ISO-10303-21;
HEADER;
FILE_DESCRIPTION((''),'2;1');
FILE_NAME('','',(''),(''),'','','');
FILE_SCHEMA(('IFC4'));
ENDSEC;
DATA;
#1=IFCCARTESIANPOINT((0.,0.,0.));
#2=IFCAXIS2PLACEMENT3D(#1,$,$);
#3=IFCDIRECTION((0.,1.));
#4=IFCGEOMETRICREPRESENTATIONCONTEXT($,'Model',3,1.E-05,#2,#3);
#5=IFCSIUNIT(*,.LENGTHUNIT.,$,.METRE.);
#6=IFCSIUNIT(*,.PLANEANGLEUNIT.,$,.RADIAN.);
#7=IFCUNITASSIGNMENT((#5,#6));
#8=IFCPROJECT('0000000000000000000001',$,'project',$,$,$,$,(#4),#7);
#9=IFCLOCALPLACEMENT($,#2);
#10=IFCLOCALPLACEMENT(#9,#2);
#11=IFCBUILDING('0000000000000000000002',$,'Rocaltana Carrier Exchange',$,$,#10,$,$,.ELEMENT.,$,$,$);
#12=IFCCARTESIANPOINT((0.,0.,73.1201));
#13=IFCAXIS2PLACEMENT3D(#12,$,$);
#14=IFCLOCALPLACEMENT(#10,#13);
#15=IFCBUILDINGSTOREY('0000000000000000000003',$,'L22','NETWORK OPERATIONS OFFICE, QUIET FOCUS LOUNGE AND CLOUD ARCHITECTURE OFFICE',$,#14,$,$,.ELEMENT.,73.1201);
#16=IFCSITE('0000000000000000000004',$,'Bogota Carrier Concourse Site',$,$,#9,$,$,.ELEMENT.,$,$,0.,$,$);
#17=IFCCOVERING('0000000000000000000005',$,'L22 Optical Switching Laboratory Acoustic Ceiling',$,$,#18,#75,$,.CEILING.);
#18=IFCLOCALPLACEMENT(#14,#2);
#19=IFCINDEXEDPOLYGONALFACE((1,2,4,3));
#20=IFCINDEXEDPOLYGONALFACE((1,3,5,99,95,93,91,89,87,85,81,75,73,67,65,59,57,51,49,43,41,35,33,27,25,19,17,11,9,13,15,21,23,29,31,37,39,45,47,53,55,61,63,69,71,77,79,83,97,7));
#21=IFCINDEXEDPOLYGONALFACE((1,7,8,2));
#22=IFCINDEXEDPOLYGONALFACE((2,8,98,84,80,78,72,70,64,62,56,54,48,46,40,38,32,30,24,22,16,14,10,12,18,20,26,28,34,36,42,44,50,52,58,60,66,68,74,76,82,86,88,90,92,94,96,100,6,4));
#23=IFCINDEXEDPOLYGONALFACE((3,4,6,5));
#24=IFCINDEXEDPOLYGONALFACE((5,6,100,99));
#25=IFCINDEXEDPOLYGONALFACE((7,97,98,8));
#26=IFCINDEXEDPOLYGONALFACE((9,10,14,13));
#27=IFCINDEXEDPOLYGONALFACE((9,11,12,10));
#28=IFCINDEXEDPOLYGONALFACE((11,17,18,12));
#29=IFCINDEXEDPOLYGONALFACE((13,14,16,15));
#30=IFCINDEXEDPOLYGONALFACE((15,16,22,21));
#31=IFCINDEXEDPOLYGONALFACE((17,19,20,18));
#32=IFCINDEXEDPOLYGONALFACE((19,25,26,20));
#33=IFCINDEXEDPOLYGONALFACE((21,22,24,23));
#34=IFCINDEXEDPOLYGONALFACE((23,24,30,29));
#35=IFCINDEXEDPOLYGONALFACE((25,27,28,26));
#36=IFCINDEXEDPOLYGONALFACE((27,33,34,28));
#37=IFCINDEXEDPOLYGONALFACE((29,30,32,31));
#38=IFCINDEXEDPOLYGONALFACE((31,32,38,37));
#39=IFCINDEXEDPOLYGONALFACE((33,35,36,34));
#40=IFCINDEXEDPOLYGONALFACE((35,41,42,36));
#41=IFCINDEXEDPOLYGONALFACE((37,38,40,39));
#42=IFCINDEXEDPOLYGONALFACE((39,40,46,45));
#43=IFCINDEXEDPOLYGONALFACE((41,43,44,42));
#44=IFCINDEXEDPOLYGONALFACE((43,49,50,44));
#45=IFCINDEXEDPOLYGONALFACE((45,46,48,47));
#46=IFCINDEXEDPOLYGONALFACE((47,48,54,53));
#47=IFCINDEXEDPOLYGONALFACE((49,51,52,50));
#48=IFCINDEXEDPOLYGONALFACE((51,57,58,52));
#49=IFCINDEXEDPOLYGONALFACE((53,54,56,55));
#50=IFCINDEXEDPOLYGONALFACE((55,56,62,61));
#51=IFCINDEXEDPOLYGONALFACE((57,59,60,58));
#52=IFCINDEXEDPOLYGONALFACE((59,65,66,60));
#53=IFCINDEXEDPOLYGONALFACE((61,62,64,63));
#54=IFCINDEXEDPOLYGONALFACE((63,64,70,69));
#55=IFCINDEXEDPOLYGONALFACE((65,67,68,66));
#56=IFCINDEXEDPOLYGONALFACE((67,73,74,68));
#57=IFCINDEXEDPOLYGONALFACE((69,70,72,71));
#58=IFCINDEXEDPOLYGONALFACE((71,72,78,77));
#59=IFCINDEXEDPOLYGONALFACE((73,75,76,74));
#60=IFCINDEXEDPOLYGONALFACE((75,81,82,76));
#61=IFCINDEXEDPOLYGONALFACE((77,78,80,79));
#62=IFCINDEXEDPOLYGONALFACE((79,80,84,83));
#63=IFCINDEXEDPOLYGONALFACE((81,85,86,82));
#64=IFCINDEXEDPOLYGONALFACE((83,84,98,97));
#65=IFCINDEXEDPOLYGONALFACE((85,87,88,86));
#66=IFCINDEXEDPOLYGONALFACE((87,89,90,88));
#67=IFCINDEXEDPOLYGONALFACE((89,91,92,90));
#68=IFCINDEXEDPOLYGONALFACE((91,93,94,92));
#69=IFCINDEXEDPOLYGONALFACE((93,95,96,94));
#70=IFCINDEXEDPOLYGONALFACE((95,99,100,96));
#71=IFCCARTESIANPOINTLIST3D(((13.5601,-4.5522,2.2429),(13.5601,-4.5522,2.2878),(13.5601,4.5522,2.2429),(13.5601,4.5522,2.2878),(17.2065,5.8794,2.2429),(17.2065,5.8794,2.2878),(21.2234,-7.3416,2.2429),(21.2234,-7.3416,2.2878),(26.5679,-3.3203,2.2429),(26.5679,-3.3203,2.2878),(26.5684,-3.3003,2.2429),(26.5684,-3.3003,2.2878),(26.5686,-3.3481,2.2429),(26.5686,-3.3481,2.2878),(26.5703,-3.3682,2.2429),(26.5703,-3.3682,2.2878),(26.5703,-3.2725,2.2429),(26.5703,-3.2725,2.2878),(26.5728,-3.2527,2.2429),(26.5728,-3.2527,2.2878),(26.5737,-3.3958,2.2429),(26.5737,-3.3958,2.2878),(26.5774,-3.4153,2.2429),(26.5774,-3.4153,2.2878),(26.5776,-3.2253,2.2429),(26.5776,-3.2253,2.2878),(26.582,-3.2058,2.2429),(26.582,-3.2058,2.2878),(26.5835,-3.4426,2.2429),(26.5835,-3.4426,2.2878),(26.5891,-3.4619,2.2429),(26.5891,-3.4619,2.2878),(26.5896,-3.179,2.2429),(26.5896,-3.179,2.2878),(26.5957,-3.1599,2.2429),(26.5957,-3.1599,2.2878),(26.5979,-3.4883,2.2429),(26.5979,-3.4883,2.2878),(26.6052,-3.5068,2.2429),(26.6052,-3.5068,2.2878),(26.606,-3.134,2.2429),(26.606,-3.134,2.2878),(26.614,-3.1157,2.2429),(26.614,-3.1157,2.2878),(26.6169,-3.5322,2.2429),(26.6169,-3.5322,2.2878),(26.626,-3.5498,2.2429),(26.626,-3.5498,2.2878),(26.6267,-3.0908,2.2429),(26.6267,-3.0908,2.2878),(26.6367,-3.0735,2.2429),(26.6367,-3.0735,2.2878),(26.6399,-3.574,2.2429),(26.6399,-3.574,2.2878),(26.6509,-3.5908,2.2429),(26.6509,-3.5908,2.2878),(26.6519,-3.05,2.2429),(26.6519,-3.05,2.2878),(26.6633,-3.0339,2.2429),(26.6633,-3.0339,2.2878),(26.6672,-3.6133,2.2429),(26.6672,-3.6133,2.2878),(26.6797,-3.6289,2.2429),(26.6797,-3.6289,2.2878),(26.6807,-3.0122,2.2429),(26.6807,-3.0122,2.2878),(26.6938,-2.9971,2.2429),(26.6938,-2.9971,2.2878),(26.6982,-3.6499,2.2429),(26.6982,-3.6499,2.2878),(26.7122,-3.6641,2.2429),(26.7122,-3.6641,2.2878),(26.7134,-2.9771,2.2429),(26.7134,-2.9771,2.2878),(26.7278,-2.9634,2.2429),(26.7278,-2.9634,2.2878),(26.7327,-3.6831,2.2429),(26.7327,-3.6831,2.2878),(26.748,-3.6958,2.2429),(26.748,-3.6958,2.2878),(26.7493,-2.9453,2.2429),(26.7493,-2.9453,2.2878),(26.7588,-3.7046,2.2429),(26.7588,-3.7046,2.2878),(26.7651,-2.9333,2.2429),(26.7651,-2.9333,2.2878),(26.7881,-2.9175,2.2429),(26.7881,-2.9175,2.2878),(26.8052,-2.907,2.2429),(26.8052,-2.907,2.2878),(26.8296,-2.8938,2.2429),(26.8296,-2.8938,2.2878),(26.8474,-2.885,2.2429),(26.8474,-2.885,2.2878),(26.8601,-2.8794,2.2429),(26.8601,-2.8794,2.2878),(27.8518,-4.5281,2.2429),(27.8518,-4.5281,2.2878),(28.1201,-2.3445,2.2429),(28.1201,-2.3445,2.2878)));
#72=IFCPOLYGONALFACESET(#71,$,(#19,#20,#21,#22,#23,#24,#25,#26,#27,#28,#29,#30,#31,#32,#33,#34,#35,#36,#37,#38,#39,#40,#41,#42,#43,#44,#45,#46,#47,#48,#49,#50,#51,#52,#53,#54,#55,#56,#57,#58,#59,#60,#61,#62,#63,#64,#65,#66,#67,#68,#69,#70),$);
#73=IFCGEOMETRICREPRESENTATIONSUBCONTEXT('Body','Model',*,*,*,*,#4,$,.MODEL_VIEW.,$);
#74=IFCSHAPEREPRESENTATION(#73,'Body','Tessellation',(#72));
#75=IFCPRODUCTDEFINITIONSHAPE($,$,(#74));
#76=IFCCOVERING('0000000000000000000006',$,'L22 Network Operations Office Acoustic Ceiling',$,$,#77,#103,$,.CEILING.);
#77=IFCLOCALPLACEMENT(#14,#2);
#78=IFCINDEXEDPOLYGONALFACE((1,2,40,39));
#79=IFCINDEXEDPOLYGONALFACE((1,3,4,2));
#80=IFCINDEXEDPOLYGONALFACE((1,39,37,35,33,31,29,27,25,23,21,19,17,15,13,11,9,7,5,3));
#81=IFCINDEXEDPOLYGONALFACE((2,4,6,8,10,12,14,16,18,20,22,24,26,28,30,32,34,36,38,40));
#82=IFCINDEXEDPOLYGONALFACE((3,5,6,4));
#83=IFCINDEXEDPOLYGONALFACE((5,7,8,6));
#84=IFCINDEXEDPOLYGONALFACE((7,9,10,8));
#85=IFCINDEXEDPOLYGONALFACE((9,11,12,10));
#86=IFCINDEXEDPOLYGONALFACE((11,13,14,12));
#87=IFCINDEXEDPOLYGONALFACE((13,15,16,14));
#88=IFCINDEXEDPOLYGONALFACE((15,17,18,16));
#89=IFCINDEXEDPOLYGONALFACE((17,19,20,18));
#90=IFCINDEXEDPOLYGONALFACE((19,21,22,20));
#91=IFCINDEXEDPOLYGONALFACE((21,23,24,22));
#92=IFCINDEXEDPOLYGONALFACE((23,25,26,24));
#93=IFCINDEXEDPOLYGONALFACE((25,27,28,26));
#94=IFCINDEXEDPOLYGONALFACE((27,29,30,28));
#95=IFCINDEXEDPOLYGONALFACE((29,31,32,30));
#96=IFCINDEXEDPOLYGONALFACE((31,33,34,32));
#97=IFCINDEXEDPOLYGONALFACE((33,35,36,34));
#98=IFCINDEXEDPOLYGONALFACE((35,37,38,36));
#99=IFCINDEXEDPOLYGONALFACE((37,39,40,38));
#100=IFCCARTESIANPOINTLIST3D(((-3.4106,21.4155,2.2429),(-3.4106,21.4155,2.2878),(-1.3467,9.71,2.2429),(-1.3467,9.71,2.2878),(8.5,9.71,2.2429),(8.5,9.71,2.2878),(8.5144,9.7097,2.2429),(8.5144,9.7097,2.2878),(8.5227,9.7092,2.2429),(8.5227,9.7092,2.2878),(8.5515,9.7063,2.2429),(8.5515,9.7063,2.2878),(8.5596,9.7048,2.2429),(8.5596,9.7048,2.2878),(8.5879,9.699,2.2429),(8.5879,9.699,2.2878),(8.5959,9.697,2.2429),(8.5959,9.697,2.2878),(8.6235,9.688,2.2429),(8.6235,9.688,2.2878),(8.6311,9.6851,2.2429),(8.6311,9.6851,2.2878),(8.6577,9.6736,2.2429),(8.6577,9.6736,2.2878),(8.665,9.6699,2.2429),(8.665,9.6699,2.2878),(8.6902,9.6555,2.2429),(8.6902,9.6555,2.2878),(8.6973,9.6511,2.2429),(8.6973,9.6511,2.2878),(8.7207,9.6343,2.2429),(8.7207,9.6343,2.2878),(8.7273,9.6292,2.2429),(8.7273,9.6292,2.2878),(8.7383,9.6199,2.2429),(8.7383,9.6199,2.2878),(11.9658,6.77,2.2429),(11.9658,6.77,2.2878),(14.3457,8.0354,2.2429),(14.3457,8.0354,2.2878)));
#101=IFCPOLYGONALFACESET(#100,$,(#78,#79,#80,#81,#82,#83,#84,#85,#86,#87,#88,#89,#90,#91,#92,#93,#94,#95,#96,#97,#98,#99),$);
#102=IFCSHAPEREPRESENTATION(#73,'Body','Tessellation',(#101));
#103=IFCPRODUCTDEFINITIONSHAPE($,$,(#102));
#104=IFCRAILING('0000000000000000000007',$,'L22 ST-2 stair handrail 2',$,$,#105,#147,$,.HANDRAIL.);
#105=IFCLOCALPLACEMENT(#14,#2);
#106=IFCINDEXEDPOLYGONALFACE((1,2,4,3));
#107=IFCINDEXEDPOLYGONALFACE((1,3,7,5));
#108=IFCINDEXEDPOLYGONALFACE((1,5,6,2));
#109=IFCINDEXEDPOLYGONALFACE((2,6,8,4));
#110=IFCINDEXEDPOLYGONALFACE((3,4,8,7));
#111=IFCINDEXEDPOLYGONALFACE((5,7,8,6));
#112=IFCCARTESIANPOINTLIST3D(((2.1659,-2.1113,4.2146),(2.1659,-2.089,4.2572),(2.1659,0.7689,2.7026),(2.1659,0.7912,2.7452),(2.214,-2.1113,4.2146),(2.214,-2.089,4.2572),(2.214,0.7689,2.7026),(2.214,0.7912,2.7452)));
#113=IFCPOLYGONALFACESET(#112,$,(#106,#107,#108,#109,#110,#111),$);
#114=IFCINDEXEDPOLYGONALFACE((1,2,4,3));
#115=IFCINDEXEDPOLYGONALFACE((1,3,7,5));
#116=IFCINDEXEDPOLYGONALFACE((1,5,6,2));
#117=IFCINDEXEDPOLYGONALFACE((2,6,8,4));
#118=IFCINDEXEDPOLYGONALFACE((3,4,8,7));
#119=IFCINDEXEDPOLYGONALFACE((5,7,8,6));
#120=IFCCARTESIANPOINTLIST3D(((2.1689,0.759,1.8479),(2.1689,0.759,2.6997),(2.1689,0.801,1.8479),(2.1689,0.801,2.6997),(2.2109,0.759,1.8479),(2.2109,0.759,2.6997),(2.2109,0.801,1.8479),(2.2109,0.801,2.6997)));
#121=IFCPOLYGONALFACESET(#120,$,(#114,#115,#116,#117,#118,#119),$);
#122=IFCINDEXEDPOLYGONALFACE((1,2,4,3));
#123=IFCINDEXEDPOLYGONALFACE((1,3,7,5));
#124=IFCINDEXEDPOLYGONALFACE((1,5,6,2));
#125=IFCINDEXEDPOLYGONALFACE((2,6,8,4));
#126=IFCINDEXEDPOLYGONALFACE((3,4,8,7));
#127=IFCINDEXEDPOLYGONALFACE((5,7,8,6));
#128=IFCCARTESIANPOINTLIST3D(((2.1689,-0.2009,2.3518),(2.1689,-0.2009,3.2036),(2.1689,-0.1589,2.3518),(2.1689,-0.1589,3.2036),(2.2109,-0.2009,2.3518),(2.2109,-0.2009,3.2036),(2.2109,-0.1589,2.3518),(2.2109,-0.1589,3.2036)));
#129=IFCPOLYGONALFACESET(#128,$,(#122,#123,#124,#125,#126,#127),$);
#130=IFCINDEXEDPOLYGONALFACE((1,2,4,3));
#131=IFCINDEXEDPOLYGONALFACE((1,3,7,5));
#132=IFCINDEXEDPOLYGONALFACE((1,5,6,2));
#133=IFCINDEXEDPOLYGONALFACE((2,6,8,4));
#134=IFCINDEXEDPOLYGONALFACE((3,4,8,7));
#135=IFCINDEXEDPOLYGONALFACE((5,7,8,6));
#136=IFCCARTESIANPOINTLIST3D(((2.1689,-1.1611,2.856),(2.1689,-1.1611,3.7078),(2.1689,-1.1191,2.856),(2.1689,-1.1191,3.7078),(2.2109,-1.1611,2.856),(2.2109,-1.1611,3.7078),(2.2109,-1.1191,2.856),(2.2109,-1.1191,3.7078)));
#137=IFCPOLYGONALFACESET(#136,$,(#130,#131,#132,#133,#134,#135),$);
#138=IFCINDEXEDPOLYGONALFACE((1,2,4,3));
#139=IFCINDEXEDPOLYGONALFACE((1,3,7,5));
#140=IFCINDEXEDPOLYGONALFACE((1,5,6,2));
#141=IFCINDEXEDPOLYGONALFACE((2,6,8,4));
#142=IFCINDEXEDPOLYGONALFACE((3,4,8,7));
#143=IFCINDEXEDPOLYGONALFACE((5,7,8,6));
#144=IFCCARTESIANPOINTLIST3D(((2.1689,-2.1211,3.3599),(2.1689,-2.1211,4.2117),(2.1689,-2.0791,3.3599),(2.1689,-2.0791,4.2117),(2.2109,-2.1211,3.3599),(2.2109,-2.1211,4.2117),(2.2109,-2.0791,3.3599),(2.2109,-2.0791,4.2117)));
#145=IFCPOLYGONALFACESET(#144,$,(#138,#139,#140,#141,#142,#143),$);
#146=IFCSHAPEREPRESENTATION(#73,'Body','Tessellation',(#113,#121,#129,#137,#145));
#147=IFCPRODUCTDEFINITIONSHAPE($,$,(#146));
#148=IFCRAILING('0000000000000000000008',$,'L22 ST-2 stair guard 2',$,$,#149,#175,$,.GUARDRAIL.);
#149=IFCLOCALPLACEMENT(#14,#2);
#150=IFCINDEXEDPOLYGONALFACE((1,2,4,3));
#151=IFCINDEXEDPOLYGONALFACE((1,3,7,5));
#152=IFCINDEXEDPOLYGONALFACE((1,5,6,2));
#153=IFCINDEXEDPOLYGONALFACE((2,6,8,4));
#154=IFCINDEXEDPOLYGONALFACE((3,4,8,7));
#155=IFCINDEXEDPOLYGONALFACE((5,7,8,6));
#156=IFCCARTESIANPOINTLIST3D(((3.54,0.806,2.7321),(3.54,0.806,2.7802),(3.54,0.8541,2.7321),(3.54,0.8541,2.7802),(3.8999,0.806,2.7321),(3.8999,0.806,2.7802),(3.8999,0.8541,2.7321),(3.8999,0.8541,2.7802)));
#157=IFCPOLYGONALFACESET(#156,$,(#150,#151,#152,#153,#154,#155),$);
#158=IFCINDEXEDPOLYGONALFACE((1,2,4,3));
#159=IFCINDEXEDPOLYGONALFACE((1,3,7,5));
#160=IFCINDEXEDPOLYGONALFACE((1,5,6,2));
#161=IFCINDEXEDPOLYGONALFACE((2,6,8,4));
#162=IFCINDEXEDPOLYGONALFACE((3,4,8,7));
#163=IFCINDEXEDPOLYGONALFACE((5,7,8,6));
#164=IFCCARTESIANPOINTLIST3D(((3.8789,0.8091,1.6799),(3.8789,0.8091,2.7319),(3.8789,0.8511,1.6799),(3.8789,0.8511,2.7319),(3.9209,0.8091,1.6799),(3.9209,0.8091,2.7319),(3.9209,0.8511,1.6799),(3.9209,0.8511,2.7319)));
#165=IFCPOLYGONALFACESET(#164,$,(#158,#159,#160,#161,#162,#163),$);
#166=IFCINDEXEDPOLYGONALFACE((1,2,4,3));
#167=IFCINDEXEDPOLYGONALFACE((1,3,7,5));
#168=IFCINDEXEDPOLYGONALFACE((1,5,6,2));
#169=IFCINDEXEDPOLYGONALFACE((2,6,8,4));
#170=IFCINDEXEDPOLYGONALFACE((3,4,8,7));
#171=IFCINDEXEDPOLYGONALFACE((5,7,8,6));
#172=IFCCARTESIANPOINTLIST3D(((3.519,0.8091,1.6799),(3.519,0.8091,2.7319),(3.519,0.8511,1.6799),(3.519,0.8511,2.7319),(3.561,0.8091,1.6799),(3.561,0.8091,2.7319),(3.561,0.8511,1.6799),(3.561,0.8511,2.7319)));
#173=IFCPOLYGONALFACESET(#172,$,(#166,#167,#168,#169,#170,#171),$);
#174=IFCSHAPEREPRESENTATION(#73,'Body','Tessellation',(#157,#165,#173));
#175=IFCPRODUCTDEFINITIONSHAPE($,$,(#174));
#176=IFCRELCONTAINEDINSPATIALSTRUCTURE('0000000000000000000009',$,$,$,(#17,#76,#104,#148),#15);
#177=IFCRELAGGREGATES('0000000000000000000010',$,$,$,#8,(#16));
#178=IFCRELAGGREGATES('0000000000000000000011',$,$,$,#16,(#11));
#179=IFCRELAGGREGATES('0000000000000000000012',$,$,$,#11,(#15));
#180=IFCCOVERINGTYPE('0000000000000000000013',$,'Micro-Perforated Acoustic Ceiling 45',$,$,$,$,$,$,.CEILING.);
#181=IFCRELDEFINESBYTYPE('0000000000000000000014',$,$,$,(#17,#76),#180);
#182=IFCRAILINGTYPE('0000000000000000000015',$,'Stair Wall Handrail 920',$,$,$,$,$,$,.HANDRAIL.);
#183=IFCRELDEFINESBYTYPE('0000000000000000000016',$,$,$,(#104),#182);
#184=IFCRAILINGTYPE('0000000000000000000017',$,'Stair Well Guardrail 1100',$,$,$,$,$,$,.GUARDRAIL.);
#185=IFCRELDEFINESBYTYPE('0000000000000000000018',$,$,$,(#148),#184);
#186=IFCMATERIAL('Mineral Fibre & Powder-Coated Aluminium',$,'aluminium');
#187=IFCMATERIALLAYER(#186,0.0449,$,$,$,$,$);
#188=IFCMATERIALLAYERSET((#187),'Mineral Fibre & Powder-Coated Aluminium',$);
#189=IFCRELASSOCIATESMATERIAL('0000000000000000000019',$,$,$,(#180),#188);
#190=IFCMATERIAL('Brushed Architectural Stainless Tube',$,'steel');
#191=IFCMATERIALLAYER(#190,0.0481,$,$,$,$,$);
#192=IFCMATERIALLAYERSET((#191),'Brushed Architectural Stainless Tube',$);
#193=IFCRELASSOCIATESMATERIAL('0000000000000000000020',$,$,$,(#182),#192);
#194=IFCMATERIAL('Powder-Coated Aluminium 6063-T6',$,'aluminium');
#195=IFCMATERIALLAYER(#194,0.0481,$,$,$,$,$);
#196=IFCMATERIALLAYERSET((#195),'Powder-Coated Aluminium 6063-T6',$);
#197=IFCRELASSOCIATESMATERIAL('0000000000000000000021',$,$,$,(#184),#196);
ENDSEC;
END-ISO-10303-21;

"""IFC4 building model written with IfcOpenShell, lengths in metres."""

from ifc_helpers import new_model, si_unit, direction, frame, origin, origin_2d, place, context, subcontext, project, spatial, polyline, rectangle, outline, extrude, material, layer, layer_set, type_object, element, save


model = new_model("IFC4")

# Units and contexts
model_context = context("Model", 3, precision=1e-05, world=origin(), true_north=direction((0.0, 1.0)))
body_context = subcontext(model_context, "Body", "Model", "MODEL_VIEW")
ifc_project = project(units=[si_unit("LENGTHUNIT", "METRE"), si_unit("PLANEANGLEUNIT", "RADIAN")], contexts=[model_context])

# Site, building, storey
site_placement = place(None, origin())
site = spatial("IfcSite", under=ifc_project, at=site_placement, Name="Bogota Carrier Concourse Site", CompositionType="ELEMENT", RefElevation=0.0)
building_placement = place(site_placement, origin())
building = spatial("IfcBuilding", under=site, at=building_placement, Name="Rocaltana Carrier Exchange", CompositionType="ELEMENT")
storey_placement = place(building_placement, frame((0.0, 0.0, 73.1201)))
storey = spatial("IfcBuildingStorey", under=building, at=storey_placement, Name="L22", Description="NETWORK OPERATIONS OFFICE, QUIET FOCUS LOUNGE AND CLOUD ARCHITECTURE OFFICE", CompositionType="ELEMENT", Elevation=73.1201)

# Coverings
ifc_material_1 = material(Name="Mineral Fibre & Powder-Coated Aluminium", Category="aluminium")
ifc_layer_1 = layer(ifc_material_1, 0.0449)
ifc_layer_set_1 = layer_set([ifc_layer_1], Name="Mineral Fibre & Powder-Coated Aluminium")
covering_type_1 = type_object("IfcCoveringType", Name="Micro-Perforated Acoustic Ceiling 45", PredefinedType="CEILING", material=ifc_layer_set_1)
covering_1_placement = place(storey_placement, frame((0.0, 0.0, 2.2429)))
element("IfcCovering", 1, at=covering_1_placement, inside=storey, type_object=covering_type_1, Name="L22 Optical Switching Laboratory Acoustic Ceiling", PredefinedType="CEILING", context=body_context, shape_type="SweptSolid", body=[
    extrude(outline(polyline([(28.1201, -2.3445), (26.8601, -2.8794), (26.8474, -2.885), (26.8296, -2.8938), (26.8052, -2.907), (26.7881, -2.9175), (26.7651, -2.9333), (26.7493, -2.9453), (26.7278, -2.9634), (26.7134, -2.9771), (26.6938, -2.9971), (26.6807, -3.0122), (26.6633, -3.0339), (26.6519, -3.05), (26.6367, -3.0735), (26.6267, -3.0908), (26.614, -3.1157), (26.606, -3.134), (26.5957, -3.1599), (26.5896, -3.179), (26.582, -3.2058), (26.5776, -3.2253), (26.5728, -3.2527), (26.5703, -3.2725), (26.5684, -3.3003), (26.5679, -3.3203), (26.5686, -3.3481), (26.5703, -3.3682), (26.5737, -3.3958), (26.5774, -3.4153), (26.5835, -3.4426), (26.5891, -3.4619), (26.5979, -3.4883), (26.6052, -3.5068), (26.6169, -3.5322), (26.626, -3.5498), (26.6399, -3.574), (26.6509, -3.5908), (26.6672, -3.6133), (26.6797, -3.6289), (26.6982, -3.6499), (26.7122, -3.6641), (26.7327, -3.6831), (26.748, -3.6958), (26.7588, -3.7046), (27.8518, -4.5281), (21.2234, -7.3416), (13.5601, -4.5522), (13.5601, 4.5522), (17.2065, 5.8794), (28.1201, -2.3445)])), origin(), (0.0, 0.0, 1.0), 0.0449),
])
covering_2_placement = place(storey_placement, frame((0.0, 0.0, 2.2429)))
element("IfcCovering", 2, at=covering_2_placement, inside=storey, type_object=covering_type_1, Name="L22 Network Operations Office Acoustic Ceiling", PredefinedType="CEILING", context=body_context, shape_type="SweptSolid", body=[
    extrude(outline(polyline([(14.3457, 8.0354), (11.9658, 6.77), (8.7383, 9.6199), (8.7273, 9.6292), (8.7207, 9.6343), (8.6973, 9.6511), (8.6902, 9.6555), (8.665, 9.6699), (8.6577, 9.6736), (8.6311, 9.6851), (8.6235, 9.688), (8.5959, 9.697), (8.5879, 9.699), (8.5596, 9.7048), (8.5515, 9.7063), (8.5227, 9.7092), (8.5144, 9.7097), (8.5, 9.71), (-1.3467, 9.71), (-3.4106, 21.4155), (14.3457, 8.0354)])), origin(), (0.0, 0.0, 1.0), 0.0449),
])

# Railings
ifc_material_2 = material(Name="Brushed Architectural Stainless Tube", Category="steel")
ifc_layer_2 = layer(ifc_material_2, 0.0481)
ifc_layer_set_2 = layer_set([ifc_layer_2], Name="Brushed Architectural Stainless Tube")
railing_type_1 = type_object("IfcRailingType", Name="Stair Wall Handrail 920", PredefinedType="HANDRAIL", material=ifc_layer_set_2)
railing_1_placement = place(storey_placement, frame((2.1899, 0.78, 1.8479)))
element("IfcRailing", 3, at=railing_1_placement, inside=storey, type_object=railing_type_1, Name="L22 ST-2 stair handrail 2", PredefinedType="HANDRAIL", context=body_context, shape_type="SweptSolid", body=[
    extrude(rectangle(XDim=0.0481, YDim=0.0481, at=origin_2d()), frame((0.0, 0.0, 0.876), z_axis=(0.0, -0.885411, 0.464809), x_axis=(1.0, 0.0, 0.0)), (0.0, 0.0, 1.0), 3.2529),
    extrude(rectangle(XDim=0.042, YDim=0.042, at=origin_2d()), origin(), (0.0, 0.0, 1.0), 0.8518),
    extrude(rectangle(XDim=0.042, YDim=0.042, at=origin_2d()), frame((0.0, -0.96, 0.5039)), (0.0, 0.0, 1.0), 0.8518),
    extrude(rectangle(XDim=0.042, YDim=0.042, at=origin_2d()), frame((0.0, -1.9202, 1.0081)), (0.0, 0.0, 1.0), 0.8518),
    extrude(rectangle(XDim=0.042, YDim=0.042, at=origin_2d()), frame((0.0, -2.8801, 1.512)), (0.0, 0.0, 1.0), 0.8518),
])
ifc_material_3 = material(Name="Powder-Coated Aluminium 6063-T6", Category="aluminium")
ifc_layer_3 = layer(ifc_material_3, 0.0481)
ifc_layer_set_3 = layer_set([ifc_layer_3], Name="Powder-Coated Aluminium 6063-T6")
railing_type_2 = type_object("IfcRailingType", Name="Stair Well Guardrail 1100", PredefinedType="GUARDRAIL", material=ifc_layer_set_3)
railing_2_placement = place(storey_placement, frame((3.8999, 0.8301, 1.6799)))
element("IfcRailing", 4, at=railing_2_placement, inside=storey, type_object=railing_type_2, Name="L22 ST-2 stair guard 2", PredefinedType="GUARDRAIL", context=body_context, shape_type="SweptSolid", body=[
    extrude(rectangle(XDim=0.0481, YDim=0.0481, at=origin_2d()), frame((0.0, 0.0, 1.0762), z_axis=(-1.0, 0.0, 0.0), x_axis=(0.0, -1.0, 0.0)), (0.0, 0.0, 1.0), 0.3599),
    extrude(rectangle(XDim=0.042, YDim=0.042, at=origin_2d()), origin(), (0.0, 0.0, 1.0), 1.052),
    extrude(rectangle(XDim=0.042, YDim=0.042, at=origin_2d()), frame((-0.3599, 0.0, 0.0)), (0.0, 0.0, 1.0), 1.052),
])

save(model, "model.ifc")
